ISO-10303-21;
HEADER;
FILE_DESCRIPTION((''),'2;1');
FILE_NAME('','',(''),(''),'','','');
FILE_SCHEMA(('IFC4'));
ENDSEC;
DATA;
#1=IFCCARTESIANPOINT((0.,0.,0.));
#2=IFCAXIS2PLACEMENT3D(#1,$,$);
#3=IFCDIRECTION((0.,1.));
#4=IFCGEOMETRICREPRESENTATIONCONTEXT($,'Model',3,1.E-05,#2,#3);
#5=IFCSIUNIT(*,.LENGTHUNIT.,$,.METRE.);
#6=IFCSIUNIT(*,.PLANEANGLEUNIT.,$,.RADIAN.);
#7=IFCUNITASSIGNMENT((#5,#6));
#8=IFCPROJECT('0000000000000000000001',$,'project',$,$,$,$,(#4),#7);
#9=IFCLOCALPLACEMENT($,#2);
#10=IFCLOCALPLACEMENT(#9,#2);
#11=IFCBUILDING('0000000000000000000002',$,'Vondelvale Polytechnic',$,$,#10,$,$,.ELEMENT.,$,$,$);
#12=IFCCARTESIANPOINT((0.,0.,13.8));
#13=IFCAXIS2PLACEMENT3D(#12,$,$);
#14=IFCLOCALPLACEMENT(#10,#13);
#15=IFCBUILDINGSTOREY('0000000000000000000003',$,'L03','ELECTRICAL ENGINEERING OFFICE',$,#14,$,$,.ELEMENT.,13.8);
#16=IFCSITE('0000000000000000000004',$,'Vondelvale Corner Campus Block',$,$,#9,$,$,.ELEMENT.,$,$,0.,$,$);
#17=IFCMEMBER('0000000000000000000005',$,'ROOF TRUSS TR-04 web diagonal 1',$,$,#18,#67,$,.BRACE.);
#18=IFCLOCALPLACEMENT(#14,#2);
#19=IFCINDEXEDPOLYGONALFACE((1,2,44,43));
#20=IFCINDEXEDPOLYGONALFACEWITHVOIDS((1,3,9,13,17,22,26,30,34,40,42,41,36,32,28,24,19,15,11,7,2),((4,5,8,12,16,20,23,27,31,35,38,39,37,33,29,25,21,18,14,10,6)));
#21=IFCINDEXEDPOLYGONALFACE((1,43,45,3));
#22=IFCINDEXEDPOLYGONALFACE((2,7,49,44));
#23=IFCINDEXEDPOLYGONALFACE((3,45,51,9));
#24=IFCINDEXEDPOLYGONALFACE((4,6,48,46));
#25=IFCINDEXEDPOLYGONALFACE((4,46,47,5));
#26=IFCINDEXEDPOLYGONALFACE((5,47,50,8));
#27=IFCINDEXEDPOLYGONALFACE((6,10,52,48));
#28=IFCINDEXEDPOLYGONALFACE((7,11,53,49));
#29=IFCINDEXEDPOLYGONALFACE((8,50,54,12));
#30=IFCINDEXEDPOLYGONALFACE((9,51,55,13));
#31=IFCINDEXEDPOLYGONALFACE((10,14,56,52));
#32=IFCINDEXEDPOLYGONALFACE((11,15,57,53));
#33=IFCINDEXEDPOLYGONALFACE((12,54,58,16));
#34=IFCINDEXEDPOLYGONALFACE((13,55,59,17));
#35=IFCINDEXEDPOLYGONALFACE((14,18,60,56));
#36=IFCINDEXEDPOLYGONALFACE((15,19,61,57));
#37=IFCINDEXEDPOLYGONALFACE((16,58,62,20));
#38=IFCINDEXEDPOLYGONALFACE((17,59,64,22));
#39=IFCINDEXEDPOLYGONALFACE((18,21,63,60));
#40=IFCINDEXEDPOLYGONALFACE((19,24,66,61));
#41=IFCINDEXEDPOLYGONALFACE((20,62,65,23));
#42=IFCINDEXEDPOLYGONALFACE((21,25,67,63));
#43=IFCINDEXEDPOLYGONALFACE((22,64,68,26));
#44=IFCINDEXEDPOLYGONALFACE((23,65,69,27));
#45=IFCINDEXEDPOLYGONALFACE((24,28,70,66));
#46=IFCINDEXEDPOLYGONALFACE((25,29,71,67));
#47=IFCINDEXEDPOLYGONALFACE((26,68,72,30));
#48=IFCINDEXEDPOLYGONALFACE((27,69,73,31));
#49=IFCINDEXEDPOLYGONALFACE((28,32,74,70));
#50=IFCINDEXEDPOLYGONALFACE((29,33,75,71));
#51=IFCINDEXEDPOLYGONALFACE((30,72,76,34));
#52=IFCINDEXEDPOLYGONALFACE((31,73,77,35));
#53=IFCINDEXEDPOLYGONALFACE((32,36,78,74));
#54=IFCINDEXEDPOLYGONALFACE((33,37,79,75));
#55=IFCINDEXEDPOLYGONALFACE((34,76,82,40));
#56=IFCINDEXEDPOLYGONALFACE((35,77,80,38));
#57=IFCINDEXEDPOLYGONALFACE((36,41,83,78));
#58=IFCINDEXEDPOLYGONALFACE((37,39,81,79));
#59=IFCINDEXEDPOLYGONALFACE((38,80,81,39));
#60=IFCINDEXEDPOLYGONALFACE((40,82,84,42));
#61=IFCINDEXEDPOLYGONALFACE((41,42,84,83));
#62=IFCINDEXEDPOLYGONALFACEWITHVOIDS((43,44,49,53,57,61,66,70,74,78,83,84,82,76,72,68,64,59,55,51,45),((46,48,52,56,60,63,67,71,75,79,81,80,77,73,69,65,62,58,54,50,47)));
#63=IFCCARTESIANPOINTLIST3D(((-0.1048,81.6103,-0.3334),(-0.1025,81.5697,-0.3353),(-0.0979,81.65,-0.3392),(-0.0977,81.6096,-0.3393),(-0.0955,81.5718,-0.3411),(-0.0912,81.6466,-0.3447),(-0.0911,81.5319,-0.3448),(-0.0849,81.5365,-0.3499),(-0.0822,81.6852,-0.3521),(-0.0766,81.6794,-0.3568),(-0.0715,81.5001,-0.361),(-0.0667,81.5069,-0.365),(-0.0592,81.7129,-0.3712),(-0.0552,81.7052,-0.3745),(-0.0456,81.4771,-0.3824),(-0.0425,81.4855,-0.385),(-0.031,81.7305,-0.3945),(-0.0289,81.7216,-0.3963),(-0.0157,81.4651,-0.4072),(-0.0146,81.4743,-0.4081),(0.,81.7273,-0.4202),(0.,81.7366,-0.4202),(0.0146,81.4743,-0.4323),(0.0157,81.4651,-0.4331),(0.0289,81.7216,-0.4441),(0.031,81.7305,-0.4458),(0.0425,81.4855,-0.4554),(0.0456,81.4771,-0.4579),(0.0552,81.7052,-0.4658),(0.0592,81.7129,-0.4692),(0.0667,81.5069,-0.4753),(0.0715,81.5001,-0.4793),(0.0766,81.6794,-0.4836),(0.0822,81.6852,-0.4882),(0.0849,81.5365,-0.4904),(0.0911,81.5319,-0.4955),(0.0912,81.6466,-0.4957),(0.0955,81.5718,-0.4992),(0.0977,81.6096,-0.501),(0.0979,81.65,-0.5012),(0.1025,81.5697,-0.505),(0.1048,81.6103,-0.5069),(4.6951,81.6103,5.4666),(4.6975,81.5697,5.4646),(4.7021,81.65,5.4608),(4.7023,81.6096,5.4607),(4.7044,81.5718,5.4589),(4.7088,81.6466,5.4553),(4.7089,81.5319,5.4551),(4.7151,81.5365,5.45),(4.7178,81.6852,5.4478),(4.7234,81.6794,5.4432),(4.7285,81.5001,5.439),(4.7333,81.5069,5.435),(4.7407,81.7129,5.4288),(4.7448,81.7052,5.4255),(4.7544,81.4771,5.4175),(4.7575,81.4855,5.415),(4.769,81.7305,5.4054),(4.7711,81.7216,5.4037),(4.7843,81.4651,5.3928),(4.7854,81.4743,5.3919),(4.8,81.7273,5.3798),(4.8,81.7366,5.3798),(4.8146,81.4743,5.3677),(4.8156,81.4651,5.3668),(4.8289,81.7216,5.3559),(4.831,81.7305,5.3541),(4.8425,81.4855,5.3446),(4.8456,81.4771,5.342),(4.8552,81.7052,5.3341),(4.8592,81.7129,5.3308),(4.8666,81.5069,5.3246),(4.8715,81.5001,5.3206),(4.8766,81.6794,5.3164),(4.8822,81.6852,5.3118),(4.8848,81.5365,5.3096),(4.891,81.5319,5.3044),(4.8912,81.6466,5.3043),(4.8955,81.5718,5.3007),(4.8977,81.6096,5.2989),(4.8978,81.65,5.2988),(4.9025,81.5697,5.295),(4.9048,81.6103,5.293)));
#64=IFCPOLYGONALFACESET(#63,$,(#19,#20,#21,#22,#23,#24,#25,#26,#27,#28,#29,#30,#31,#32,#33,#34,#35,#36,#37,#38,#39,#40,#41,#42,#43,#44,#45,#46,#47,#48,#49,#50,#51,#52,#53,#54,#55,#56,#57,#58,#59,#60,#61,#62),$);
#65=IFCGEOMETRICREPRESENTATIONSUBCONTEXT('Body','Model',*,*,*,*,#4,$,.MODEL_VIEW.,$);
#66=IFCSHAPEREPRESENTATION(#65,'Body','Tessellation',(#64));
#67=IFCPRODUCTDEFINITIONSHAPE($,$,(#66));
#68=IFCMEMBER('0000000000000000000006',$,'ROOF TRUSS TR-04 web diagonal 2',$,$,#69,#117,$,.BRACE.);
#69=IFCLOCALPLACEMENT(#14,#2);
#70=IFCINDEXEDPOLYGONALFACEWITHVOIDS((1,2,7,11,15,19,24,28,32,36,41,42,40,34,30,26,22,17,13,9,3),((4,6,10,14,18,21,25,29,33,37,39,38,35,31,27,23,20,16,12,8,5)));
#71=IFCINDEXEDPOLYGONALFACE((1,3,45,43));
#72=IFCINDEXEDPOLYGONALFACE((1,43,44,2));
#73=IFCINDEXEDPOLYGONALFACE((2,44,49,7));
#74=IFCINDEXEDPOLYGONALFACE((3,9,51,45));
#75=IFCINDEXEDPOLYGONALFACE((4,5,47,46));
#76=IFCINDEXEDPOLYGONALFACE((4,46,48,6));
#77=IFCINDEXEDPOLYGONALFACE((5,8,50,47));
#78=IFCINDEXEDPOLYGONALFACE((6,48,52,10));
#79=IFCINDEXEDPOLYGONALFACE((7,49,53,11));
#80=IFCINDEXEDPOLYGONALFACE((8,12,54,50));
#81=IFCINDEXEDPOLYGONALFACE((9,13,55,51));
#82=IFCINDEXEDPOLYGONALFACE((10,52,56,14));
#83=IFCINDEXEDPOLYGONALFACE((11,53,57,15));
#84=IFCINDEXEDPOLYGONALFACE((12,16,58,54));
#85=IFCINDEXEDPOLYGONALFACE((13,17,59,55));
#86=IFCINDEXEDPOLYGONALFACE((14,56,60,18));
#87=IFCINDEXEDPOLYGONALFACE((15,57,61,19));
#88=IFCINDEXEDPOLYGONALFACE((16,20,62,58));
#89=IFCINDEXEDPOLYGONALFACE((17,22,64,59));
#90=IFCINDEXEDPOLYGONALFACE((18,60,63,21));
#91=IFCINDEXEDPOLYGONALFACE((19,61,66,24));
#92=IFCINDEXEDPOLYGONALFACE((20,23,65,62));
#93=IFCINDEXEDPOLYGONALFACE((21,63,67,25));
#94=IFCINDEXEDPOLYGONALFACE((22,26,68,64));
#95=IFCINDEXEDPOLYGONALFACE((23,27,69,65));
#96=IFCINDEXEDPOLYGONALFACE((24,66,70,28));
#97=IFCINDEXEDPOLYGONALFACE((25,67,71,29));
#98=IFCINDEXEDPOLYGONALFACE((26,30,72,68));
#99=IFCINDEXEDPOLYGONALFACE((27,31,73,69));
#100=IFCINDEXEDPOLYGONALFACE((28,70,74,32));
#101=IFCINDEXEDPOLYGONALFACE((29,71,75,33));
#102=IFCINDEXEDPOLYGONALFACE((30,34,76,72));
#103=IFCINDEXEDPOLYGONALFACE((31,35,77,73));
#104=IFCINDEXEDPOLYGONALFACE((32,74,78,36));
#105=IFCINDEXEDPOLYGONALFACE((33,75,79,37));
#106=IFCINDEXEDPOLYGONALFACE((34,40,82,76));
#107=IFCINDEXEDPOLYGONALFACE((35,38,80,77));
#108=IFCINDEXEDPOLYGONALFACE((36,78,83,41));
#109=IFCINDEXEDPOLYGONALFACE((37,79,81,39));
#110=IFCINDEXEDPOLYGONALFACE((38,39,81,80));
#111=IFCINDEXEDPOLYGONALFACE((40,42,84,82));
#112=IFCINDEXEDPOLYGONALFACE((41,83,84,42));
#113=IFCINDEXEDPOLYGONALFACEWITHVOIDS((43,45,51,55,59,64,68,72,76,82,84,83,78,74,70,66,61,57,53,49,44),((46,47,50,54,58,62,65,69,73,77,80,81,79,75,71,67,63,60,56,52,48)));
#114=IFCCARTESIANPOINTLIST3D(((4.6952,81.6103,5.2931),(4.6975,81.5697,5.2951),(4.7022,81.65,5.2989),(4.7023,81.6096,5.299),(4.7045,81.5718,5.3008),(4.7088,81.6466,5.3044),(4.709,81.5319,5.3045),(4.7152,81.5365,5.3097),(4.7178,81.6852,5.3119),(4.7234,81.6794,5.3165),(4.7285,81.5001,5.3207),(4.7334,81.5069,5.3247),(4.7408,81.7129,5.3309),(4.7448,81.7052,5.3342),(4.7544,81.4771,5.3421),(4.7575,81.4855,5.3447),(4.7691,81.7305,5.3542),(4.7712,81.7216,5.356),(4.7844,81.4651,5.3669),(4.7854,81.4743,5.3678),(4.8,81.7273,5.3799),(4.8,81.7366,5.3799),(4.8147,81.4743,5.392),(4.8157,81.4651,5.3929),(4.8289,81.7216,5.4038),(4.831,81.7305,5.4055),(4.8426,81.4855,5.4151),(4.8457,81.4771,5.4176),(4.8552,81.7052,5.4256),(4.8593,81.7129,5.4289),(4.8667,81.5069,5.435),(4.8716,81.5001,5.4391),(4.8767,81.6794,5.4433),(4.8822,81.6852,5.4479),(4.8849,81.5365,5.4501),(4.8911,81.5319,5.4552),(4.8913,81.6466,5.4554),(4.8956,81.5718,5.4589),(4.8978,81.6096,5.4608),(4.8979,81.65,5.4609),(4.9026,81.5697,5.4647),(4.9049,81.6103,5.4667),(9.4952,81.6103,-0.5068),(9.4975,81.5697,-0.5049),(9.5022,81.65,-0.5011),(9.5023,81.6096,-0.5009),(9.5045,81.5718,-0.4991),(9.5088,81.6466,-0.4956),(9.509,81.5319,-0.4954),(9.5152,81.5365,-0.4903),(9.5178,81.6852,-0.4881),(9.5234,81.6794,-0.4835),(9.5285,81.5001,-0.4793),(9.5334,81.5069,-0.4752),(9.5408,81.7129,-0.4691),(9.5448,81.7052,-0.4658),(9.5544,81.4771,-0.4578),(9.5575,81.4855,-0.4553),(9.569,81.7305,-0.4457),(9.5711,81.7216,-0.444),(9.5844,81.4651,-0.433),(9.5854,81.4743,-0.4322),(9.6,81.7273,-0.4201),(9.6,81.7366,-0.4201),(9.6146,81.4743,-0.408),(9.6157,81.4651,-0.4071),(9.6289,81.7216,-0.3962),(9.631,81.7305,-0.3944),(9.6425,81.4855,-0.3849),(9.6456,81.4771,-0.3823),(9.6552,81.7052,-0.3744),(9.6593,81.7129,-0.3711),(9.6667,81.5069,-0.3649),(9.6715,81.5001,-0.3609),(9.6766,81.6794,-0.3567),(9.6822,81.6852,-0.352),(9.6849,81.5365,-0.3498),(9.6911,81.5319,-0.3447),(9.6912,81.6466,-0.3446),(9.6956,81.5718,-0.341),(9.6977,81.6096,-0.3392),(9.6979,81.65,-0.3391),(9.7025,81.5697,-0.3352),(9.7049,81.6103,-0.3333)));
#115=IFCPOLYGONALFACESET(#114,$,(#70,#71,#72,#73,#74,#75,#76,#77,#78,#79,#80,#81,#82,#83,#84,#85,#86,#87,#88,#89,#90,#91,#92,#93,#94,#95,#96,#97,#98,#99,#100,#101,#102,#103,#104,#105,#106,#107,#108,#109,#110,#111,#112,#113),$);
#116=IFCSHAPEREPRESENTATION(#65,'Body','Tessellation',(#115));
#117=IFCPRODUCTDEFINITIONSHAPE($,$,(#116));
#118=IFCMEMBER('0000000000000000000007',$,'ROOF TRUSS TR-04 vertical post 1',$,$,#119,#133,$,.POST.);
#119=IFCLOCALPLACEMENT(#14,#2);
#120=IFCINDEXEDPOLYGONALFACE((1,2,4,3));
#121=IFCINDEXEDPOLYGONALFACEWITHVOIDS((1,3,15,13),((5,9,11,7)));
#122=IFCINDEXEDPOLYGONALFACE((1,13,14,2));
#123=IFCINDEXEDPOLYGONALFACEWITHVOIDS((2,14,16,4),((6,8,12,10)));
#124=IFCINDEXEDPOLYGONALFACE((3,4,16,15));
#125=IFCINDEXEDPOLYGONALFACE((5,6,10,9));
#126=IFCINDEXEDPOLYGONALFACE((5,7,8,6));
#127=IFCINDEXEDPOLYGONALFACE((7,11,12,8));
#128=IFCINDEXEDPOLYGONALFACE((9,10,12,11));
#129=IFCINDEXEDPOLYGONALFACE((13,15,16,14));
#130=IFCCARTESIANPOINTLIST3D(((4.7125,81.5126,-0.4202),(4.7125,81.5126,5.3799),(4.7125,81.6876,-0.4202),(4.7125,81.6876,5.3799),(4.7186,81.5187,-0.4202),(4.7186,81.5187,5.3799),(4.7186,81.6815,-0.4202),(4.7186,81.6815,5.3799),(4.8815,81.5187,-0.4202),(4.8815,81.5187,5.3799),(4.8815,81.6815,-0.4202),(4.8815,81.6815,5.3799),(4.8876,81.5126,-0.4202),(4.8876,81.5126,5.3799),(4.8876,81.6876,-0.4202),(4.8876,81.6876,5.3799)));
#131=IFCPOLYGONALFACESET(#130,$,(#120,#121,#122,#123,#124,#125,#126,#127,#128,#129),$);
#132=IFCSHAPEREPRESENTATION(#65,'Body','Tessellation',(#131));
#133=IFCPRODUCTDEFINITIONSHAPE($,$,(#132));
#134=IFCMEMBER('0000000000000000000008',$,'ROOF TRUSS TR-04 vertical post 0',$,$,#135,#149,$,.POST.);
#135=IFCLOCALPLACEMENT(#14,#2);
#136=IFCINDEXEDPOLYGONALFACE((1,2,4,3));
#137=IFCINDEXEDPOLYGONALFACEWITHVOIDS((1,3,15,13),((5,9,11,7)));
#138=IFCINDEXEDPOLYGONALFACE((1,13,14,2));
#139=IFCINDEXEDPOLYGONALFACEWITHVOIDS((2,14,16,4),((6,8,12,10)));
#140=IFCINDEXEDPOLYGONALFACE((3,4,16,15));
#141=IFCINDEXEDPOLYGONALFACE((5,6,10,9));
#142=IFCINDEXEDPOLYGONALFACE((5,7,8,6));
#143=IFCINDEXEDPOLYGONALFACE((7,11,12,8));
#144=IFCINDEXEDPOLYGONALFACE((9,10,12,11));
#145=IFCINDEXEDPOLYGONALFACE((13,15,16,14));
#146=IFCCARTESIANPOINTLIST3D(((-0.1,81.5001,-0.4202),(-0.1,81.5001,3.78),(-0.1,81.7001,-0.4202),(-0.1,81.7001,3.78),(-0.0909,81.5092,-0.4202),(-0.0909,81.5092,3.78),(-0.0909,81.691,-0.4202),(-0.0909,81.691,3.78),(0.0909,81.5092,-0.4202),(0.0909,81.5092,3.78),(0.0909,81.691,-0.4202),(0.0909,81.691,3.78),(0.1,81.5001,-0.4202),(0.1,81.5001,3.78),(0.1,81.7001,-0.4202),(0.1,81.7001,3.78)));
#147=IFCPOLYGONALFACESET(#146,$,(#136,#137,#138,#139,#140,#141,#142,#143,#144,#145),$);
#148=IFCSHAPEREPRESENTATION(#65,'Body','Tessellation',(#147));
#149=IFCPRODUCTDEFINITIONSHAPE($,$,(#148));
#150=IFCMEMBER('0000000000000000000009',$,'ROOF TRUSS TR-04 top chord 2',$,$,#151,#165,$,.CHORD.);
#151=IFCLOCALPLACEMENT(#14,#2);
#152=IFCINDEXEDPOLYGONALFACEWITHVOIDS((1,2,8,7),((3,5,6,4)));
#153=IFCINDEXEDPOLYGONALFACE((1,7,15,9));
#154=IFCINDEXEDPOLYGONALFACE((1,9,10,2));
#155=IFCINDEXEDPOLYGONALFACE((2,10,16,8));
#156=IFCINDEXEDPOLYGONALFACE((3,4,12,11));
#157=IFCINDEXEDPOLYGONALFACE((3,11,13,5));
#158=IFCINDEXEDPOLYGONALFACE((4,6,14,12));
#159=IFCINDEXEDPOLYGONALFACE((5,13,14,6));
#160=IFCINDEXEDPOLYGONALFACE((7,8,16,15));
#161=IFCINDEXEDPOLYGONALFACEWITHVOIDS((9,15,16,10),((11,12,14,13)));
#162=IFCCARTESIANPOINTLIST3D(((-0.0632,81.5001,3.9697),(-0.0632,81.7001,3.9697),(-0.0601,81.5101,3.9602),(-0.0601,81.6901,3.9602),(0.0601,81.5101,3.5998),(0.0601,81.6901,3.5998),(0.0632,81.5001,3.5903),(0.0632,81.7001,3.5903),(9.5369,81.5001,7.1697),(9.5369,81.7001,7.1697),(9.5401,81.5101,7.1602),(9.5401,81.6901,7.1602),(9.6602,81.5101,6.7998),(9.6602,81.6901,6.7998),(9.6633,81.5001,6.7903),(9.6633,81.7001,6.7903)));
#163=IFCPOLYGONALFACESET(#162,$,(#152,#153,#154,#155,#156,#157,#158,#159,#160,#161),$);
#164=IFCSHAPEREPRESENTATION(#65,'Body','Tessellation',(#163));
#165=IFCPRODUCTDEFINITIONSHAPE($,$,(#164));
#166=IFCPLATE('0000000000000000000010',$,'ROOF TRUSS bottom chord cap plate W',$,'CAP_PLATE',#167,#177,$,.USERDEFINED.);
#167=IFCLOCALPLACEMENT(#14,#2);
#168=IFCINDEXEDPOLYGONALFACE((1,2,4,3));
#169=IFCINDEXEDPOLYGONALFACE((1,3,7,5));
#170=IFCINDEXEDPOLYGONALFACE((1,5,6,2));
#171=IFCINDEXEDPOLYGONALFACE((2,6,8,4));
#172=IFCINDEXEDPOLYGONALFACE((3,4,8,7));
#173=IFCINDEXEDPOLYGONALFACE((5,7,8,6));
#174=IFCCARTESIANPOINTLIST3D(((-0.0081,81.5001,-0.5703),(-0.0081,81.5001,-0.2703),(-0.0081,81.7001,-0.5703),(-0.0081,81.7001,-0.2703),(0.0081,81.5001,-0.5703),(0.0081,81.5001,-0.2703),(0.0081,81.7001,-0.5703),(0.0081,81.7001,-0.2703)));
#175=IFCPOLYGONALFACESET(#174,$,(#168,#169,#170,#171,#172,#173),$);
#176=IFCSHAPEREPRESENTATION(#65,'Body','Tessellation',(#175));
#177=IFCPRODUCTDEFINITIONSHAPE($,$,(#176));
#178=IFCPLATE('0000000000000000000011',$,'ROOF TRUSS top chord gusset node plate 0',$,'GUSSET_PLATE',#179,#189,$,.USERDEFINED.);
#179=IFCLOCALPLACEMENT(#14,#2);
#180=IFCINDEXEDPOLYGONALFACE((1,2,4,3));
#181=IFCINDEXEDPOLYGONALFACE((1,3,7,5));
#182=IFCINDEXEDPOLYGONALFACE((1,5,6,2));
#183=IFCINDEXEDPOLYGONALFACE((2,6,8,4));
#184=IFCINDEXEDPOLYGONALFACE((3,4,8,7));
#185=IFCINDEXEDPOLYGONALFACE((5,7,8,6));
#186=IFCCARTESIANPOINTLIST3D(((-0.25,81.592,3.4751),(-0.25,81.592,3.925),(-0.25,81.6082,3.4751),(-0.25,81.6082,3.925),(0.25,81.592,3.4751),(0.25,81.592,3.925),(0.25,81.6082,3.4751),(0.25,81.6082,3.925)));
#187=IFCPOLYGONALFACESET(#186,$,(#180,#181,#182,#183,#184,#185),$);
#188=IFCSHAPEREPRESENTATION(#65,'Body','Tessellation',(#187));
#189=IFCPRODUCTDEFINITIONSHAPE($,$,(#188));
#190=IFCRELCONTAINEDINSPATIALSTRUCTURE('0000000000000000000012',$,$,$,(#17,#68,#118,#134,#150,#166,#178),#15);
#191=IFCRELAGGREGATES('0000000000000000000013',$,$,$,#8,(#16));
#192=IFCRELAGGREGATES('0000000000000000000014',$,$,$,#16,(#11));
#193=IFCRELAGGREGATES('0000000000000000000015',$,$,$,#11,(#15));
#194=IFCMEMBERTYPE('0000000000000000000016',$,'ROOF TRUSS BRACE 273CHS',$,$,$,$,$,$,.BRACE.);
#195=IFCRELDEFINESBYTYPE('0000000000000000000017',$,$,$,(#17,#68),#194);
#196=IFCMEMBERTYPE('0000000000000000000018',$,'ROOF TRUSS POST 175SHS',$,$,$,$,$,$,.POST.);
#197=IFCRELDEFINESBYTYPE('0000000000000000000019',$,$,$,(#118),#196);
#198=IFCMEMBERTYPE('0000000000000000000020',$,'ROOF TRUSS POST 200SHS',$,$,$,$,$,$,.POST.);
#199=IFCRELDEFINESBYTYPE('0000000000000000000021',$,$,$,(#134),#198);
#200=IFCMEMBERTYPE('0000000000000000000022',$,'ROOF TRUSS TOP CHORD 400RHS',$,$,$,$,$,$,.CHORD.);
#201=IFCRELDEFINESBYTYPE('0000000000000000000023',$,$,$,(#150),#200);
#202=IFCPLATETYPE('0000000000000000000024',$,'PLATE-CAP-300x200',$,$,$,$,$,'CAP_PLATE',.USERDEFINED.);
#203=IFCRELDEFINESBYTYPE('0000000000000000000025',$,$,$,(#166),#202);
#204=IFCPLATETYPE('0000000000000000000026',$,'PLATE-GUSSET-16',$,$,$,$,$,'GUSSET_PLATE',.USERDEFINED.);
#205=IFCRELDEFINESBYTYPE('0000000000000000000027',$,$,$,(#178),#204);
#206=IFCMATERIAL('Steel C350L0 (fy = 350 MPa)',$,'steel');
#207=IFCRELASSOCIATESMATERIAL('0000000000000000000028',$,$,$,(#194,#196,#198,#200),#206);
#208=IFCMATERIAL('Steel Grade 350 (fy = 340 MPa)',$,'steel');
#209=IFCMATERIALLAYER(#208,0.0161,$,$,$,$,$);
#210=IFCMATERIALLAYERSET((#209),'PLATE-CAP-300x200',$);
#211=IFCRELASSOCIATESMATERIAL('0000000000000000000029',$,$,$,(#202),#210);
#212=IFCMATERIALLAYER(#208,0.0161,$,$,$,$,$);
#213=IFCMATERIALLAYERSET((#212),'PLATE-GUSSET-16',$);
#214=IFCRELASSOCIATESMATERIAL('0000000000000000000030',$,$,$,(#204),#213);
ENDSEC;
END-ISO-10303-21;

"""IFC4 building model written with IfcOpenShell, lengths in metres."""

from ifc_helpers import new_model, si_unit, direction, frame, origin, origin_2d, place, context, subcontext, project, spatial, rectangle, hollow_rectangle, hollow_circle, extrude, material, layer, layer_set, material_profile, profile_set, type_object, element, save


model = new_model("IFC4")

# Units and contexts
model_context = context("Model", 3, precision=1e-05, world=origin(), true_north=direction((0.0, 1.0)))
body_context = subcontext(model_context, "Body", "Model", "MODEL_VIEW")
ifc_project = project(units=[si_unit("LENGTHUNIT", "METRE"), si_unit("PLANEANGLEUNIT", "RADIAN")], contexts=[model_context])

# Site, building, storey
site_placement = place(None, origin())
site = spatial("IfcSite", under=ifc_project, at=site_placement, Name="Vondelvale Corner Campus Block", CompositionType="ELEMENT", RefElevation=0.0)
building_placement = place(site_placement, origin())
building = spatial("IfcBuilding", under=site, at=building_placement, Name="Vondelvale Polytechnic", CompositionType="ELEMENT")
storey_placement = place(building_placement, frame((0.0, 0.0, 13.8)))
storey = spatial("IfcBuildingStorey", under=building, at=storey_placement, Name="L03", Description="ELECTRICAL ENGINEERING OFFICE", CompositionType="ELEMENT", Elevation=13.8)

# Members
ifc_material_1 = material(Name="Steel C350L0 (fy = 350 MPa)", Category="steel")
ifc_material_profile_1 = material_profile(ifc_material_1, hollow_circle(Radius=0.1365, WallThickness=0.0093, at=origin_2d()), Name="273.1x9.3CHS")
ifc_profile_set_1 = profile_set([ifc_material_profile_1], Name="Steel C350L0 (fy = 350 MPa)")
member_type_1 = type_object("IfcMemberType", Name="ROOF TRUSS BRACE 273CHS", PredefinedType="BRACE", material=ifc_profile_set_1)
for number, where, z_axis, x_axis, name in (
    (1, (0.0, 81.6001, -0.4202), (0.637568, 0.0, 0.770394), (0.0, 1.0, 0.0), "ROOF TRUSS TR-04 web diagonal 1"),
    (2, (4.8, 81.6001, 5.3799), (0.637568, 0.0, -0.770394), (0.0, 1.0, 0.0), "ROOF TRUSS TR-04 web diagonal 2"),
):
    element("IfcMember", number, at=place(storey_placement, frame(where, z_axis=z_axis, x_axis=x_axis)), inside=storey, type_object=member_type_1, Name=name, PredefinedType="BRACE", context=body_context, shape_type="SweptSolid", body=[
        extrude(hollow_circle(Radius=0.1365, WallThickness=0.0093, at=origin_2d()), origin(), (0.0, 0.0, 1.0), 7.5286),
    ])
ifc_material_profile_2 = material_profile(ifc_material_1, hollow_rectangle(XDim=0.175, YDim=0.175, WallThickness=0.0061, at=origin_2d()), Name="175x175x6.0SHS")
ifc_profile_set_2 = profile_set([ifc_material_profile_2], Name="Steel C350L0 (fy = 350 MPa)")
member_type_2 = type_object("IfcMemberType", Name="ROOF TRUSS POST 175SHS", PredefinedType="POST", material=ifc_profile_set_2)
member_1_placement = place(storey_placement, frame((4.8, 81.6001, -0.4202), z_axis=(0.0, 0.0, 1.0), x_axis=(1.0, 0.0, 0.0)))
element("IfcMember", 3, at=member_1_placement, inside=storey, type_object=member_type_2, Name="ROOF TRUSS TR-04 vertical post 1", PredefinedType="POST", context=body_context, shape_type="SweptSolid", body=[
    extrude(hollow_rectangle(XDim=0.175, YDim=0.175, WallThickness=0.0061, at=origin_2d()), origin(), (0.0, 0.0, 1.0), 5.8),
])
ifc_material_profile_3 = material_profile(ifc_material_1, hollow_rectangle(XDim=0.2, YDim=0.2, WallThickness=0.009, at=origin_2d()), Name="200x200x9.0SHS")
ifc_profile_set_3 = profile_set([ifc_material_profile_3], Name="Steel C350L0 (fy = 350 MPa)")
member_type_3 = type_object("IfcMemberType", Name="ROOF TRUSS POST 200SHS", PredefinedType="POST", material=ifc_profile_set_3)
member_2_placement = place(storey_placement, frame((0.0, 81.6001, -0.4202), z_axis=(0.0, 0.0, 1.0), x_axis=(1.0, 0.0, 0.0)))
element("IfcMember", 4, at=member_2_placement, inside=storey, type_object=member_type_3, Name="ROOF TRUSS TR-04 vertical post 0", PredefinedType="POST", context=body_context, shape_type="SweptSolid", body=[
    extrude(hollow_rectangle(XDim=0.2, YDim=0.2, WallThickness=0.009, at=origin_2d()), origin(), (0.0, 0.0, 1.0), 4.2002),
])
ifc_material_profile_4 = material_profile(ifc_material_1, hollow_rectangle(XDim=0.2, YDim=0.3999, WallThickness=0.01, at=origin_2d()), Name="400x200x10.0RHS")
ifc_profile_set_4 = profile_set([ifc_material_profile_4], Name="Steel C350L0 (fy = 350 MPa)")
member_type_4 = type_object("IfcMemberType", Name="ROOF TRUSS TOP CHORD 400RHS", PredefinedType="CHORD", material=ifc_profile_set_4)
member_3_placement = place(storey_placement, frame((0.0, 81.6001, 3.78), z_axis=(0.948686, 0.0, 0.316221), x_axis=(0.0, 1.0, 0.0)))
element("IfcMember", 5, at=member_3_placement, inside=storey, type_object=member_type_4, Name="ROOF TRUSS TR-04 top chord 2", PredefinedType="CHORD", context=body_context, shape_type="SweptSolid", body=[
    extrude(hollow_rectangle(XDim=0.2, YDim=0.3999, WallThickness=0.01, at=origin_2d()), origin(), (0.0, 0.0, 1.0), 10.1194),
])

# Plates
ifc_material_2 = material(Name="Steel Grade 350 (fy = 340 MPa)", Category="steel")
ifc_layer_1 = layer(ifc_material_2, 0.0161)
ifc_layer_set_1 = layer_set([ifc_layer_1], Name="PLATE-CAP-300x200")
plate_type_1 = type_object("IfcPlateType", Name="PLATE-CAP-300x200", ElementType="CAP_PLATE", PredefinedType="USERDEFINED", material=ifc_layer_set_1)
plate_placement = place(storey_placement, frame((0.0, 81.6001, -0.5703), z_axis=(0.0, 0.0, 1.0), x_axis=(1.0, 0.0, 0.0)))
element("IfcPlate", 6, at=plate_placement, inside=storey, type_object=plate_type_1, Name="ROOF TRUSS bottom chord cap plate W", ObjectType="CAP_PLATE", PredefinedType="USERDEFINED", context=body_context, shape_type="SweptSolid", body=[
    extrude(rectangle(XDim=0.0161, YDim=0.2, at=origin_2d()), origin(), (0.0, 0.0, 1.0), 0.3),
])
ifc_layer_2 = layer(ifc_material_2, 0.0161)
ifc_layer_set_2 = layer_set([ifc_layer_2], Name="PLATE-GUSSET-16")
plate_type_2 = type_object("IfcPlateType", Name="PLATE-GUSSET-16", ElementType="GUSSET_PLATE", PredefinedType="USERDEFINED", material=ifc_layer_set_2)
for number, where, z_axis, x_axis, name in (
    (7, (0.0, 81.6001, 3.4751), (0.0, 0.0, 1.0), (1.0, 0.0, 0.0), "ROOF TRUSS top chord gusset node plate 0"),
):
    element("IfcPlate", number, at=place(storey_placement, frame(where, z_axis=z_axis, x_axis=x_axis)), inside=storey, type_object=plate_type_2, Name=name, ObjectType="GUSSET_PLATE", PredefinedType="USERDEFINED", context=body_context, shape_type="SweptSolid", body=[
        extrude(rectangle(XDim=0.5, YDim=0.0161, at=origin_2d()), origin(), (0.0, 0.0, 1.0), 0.45),
    ])

save(model, "model.ifc")
